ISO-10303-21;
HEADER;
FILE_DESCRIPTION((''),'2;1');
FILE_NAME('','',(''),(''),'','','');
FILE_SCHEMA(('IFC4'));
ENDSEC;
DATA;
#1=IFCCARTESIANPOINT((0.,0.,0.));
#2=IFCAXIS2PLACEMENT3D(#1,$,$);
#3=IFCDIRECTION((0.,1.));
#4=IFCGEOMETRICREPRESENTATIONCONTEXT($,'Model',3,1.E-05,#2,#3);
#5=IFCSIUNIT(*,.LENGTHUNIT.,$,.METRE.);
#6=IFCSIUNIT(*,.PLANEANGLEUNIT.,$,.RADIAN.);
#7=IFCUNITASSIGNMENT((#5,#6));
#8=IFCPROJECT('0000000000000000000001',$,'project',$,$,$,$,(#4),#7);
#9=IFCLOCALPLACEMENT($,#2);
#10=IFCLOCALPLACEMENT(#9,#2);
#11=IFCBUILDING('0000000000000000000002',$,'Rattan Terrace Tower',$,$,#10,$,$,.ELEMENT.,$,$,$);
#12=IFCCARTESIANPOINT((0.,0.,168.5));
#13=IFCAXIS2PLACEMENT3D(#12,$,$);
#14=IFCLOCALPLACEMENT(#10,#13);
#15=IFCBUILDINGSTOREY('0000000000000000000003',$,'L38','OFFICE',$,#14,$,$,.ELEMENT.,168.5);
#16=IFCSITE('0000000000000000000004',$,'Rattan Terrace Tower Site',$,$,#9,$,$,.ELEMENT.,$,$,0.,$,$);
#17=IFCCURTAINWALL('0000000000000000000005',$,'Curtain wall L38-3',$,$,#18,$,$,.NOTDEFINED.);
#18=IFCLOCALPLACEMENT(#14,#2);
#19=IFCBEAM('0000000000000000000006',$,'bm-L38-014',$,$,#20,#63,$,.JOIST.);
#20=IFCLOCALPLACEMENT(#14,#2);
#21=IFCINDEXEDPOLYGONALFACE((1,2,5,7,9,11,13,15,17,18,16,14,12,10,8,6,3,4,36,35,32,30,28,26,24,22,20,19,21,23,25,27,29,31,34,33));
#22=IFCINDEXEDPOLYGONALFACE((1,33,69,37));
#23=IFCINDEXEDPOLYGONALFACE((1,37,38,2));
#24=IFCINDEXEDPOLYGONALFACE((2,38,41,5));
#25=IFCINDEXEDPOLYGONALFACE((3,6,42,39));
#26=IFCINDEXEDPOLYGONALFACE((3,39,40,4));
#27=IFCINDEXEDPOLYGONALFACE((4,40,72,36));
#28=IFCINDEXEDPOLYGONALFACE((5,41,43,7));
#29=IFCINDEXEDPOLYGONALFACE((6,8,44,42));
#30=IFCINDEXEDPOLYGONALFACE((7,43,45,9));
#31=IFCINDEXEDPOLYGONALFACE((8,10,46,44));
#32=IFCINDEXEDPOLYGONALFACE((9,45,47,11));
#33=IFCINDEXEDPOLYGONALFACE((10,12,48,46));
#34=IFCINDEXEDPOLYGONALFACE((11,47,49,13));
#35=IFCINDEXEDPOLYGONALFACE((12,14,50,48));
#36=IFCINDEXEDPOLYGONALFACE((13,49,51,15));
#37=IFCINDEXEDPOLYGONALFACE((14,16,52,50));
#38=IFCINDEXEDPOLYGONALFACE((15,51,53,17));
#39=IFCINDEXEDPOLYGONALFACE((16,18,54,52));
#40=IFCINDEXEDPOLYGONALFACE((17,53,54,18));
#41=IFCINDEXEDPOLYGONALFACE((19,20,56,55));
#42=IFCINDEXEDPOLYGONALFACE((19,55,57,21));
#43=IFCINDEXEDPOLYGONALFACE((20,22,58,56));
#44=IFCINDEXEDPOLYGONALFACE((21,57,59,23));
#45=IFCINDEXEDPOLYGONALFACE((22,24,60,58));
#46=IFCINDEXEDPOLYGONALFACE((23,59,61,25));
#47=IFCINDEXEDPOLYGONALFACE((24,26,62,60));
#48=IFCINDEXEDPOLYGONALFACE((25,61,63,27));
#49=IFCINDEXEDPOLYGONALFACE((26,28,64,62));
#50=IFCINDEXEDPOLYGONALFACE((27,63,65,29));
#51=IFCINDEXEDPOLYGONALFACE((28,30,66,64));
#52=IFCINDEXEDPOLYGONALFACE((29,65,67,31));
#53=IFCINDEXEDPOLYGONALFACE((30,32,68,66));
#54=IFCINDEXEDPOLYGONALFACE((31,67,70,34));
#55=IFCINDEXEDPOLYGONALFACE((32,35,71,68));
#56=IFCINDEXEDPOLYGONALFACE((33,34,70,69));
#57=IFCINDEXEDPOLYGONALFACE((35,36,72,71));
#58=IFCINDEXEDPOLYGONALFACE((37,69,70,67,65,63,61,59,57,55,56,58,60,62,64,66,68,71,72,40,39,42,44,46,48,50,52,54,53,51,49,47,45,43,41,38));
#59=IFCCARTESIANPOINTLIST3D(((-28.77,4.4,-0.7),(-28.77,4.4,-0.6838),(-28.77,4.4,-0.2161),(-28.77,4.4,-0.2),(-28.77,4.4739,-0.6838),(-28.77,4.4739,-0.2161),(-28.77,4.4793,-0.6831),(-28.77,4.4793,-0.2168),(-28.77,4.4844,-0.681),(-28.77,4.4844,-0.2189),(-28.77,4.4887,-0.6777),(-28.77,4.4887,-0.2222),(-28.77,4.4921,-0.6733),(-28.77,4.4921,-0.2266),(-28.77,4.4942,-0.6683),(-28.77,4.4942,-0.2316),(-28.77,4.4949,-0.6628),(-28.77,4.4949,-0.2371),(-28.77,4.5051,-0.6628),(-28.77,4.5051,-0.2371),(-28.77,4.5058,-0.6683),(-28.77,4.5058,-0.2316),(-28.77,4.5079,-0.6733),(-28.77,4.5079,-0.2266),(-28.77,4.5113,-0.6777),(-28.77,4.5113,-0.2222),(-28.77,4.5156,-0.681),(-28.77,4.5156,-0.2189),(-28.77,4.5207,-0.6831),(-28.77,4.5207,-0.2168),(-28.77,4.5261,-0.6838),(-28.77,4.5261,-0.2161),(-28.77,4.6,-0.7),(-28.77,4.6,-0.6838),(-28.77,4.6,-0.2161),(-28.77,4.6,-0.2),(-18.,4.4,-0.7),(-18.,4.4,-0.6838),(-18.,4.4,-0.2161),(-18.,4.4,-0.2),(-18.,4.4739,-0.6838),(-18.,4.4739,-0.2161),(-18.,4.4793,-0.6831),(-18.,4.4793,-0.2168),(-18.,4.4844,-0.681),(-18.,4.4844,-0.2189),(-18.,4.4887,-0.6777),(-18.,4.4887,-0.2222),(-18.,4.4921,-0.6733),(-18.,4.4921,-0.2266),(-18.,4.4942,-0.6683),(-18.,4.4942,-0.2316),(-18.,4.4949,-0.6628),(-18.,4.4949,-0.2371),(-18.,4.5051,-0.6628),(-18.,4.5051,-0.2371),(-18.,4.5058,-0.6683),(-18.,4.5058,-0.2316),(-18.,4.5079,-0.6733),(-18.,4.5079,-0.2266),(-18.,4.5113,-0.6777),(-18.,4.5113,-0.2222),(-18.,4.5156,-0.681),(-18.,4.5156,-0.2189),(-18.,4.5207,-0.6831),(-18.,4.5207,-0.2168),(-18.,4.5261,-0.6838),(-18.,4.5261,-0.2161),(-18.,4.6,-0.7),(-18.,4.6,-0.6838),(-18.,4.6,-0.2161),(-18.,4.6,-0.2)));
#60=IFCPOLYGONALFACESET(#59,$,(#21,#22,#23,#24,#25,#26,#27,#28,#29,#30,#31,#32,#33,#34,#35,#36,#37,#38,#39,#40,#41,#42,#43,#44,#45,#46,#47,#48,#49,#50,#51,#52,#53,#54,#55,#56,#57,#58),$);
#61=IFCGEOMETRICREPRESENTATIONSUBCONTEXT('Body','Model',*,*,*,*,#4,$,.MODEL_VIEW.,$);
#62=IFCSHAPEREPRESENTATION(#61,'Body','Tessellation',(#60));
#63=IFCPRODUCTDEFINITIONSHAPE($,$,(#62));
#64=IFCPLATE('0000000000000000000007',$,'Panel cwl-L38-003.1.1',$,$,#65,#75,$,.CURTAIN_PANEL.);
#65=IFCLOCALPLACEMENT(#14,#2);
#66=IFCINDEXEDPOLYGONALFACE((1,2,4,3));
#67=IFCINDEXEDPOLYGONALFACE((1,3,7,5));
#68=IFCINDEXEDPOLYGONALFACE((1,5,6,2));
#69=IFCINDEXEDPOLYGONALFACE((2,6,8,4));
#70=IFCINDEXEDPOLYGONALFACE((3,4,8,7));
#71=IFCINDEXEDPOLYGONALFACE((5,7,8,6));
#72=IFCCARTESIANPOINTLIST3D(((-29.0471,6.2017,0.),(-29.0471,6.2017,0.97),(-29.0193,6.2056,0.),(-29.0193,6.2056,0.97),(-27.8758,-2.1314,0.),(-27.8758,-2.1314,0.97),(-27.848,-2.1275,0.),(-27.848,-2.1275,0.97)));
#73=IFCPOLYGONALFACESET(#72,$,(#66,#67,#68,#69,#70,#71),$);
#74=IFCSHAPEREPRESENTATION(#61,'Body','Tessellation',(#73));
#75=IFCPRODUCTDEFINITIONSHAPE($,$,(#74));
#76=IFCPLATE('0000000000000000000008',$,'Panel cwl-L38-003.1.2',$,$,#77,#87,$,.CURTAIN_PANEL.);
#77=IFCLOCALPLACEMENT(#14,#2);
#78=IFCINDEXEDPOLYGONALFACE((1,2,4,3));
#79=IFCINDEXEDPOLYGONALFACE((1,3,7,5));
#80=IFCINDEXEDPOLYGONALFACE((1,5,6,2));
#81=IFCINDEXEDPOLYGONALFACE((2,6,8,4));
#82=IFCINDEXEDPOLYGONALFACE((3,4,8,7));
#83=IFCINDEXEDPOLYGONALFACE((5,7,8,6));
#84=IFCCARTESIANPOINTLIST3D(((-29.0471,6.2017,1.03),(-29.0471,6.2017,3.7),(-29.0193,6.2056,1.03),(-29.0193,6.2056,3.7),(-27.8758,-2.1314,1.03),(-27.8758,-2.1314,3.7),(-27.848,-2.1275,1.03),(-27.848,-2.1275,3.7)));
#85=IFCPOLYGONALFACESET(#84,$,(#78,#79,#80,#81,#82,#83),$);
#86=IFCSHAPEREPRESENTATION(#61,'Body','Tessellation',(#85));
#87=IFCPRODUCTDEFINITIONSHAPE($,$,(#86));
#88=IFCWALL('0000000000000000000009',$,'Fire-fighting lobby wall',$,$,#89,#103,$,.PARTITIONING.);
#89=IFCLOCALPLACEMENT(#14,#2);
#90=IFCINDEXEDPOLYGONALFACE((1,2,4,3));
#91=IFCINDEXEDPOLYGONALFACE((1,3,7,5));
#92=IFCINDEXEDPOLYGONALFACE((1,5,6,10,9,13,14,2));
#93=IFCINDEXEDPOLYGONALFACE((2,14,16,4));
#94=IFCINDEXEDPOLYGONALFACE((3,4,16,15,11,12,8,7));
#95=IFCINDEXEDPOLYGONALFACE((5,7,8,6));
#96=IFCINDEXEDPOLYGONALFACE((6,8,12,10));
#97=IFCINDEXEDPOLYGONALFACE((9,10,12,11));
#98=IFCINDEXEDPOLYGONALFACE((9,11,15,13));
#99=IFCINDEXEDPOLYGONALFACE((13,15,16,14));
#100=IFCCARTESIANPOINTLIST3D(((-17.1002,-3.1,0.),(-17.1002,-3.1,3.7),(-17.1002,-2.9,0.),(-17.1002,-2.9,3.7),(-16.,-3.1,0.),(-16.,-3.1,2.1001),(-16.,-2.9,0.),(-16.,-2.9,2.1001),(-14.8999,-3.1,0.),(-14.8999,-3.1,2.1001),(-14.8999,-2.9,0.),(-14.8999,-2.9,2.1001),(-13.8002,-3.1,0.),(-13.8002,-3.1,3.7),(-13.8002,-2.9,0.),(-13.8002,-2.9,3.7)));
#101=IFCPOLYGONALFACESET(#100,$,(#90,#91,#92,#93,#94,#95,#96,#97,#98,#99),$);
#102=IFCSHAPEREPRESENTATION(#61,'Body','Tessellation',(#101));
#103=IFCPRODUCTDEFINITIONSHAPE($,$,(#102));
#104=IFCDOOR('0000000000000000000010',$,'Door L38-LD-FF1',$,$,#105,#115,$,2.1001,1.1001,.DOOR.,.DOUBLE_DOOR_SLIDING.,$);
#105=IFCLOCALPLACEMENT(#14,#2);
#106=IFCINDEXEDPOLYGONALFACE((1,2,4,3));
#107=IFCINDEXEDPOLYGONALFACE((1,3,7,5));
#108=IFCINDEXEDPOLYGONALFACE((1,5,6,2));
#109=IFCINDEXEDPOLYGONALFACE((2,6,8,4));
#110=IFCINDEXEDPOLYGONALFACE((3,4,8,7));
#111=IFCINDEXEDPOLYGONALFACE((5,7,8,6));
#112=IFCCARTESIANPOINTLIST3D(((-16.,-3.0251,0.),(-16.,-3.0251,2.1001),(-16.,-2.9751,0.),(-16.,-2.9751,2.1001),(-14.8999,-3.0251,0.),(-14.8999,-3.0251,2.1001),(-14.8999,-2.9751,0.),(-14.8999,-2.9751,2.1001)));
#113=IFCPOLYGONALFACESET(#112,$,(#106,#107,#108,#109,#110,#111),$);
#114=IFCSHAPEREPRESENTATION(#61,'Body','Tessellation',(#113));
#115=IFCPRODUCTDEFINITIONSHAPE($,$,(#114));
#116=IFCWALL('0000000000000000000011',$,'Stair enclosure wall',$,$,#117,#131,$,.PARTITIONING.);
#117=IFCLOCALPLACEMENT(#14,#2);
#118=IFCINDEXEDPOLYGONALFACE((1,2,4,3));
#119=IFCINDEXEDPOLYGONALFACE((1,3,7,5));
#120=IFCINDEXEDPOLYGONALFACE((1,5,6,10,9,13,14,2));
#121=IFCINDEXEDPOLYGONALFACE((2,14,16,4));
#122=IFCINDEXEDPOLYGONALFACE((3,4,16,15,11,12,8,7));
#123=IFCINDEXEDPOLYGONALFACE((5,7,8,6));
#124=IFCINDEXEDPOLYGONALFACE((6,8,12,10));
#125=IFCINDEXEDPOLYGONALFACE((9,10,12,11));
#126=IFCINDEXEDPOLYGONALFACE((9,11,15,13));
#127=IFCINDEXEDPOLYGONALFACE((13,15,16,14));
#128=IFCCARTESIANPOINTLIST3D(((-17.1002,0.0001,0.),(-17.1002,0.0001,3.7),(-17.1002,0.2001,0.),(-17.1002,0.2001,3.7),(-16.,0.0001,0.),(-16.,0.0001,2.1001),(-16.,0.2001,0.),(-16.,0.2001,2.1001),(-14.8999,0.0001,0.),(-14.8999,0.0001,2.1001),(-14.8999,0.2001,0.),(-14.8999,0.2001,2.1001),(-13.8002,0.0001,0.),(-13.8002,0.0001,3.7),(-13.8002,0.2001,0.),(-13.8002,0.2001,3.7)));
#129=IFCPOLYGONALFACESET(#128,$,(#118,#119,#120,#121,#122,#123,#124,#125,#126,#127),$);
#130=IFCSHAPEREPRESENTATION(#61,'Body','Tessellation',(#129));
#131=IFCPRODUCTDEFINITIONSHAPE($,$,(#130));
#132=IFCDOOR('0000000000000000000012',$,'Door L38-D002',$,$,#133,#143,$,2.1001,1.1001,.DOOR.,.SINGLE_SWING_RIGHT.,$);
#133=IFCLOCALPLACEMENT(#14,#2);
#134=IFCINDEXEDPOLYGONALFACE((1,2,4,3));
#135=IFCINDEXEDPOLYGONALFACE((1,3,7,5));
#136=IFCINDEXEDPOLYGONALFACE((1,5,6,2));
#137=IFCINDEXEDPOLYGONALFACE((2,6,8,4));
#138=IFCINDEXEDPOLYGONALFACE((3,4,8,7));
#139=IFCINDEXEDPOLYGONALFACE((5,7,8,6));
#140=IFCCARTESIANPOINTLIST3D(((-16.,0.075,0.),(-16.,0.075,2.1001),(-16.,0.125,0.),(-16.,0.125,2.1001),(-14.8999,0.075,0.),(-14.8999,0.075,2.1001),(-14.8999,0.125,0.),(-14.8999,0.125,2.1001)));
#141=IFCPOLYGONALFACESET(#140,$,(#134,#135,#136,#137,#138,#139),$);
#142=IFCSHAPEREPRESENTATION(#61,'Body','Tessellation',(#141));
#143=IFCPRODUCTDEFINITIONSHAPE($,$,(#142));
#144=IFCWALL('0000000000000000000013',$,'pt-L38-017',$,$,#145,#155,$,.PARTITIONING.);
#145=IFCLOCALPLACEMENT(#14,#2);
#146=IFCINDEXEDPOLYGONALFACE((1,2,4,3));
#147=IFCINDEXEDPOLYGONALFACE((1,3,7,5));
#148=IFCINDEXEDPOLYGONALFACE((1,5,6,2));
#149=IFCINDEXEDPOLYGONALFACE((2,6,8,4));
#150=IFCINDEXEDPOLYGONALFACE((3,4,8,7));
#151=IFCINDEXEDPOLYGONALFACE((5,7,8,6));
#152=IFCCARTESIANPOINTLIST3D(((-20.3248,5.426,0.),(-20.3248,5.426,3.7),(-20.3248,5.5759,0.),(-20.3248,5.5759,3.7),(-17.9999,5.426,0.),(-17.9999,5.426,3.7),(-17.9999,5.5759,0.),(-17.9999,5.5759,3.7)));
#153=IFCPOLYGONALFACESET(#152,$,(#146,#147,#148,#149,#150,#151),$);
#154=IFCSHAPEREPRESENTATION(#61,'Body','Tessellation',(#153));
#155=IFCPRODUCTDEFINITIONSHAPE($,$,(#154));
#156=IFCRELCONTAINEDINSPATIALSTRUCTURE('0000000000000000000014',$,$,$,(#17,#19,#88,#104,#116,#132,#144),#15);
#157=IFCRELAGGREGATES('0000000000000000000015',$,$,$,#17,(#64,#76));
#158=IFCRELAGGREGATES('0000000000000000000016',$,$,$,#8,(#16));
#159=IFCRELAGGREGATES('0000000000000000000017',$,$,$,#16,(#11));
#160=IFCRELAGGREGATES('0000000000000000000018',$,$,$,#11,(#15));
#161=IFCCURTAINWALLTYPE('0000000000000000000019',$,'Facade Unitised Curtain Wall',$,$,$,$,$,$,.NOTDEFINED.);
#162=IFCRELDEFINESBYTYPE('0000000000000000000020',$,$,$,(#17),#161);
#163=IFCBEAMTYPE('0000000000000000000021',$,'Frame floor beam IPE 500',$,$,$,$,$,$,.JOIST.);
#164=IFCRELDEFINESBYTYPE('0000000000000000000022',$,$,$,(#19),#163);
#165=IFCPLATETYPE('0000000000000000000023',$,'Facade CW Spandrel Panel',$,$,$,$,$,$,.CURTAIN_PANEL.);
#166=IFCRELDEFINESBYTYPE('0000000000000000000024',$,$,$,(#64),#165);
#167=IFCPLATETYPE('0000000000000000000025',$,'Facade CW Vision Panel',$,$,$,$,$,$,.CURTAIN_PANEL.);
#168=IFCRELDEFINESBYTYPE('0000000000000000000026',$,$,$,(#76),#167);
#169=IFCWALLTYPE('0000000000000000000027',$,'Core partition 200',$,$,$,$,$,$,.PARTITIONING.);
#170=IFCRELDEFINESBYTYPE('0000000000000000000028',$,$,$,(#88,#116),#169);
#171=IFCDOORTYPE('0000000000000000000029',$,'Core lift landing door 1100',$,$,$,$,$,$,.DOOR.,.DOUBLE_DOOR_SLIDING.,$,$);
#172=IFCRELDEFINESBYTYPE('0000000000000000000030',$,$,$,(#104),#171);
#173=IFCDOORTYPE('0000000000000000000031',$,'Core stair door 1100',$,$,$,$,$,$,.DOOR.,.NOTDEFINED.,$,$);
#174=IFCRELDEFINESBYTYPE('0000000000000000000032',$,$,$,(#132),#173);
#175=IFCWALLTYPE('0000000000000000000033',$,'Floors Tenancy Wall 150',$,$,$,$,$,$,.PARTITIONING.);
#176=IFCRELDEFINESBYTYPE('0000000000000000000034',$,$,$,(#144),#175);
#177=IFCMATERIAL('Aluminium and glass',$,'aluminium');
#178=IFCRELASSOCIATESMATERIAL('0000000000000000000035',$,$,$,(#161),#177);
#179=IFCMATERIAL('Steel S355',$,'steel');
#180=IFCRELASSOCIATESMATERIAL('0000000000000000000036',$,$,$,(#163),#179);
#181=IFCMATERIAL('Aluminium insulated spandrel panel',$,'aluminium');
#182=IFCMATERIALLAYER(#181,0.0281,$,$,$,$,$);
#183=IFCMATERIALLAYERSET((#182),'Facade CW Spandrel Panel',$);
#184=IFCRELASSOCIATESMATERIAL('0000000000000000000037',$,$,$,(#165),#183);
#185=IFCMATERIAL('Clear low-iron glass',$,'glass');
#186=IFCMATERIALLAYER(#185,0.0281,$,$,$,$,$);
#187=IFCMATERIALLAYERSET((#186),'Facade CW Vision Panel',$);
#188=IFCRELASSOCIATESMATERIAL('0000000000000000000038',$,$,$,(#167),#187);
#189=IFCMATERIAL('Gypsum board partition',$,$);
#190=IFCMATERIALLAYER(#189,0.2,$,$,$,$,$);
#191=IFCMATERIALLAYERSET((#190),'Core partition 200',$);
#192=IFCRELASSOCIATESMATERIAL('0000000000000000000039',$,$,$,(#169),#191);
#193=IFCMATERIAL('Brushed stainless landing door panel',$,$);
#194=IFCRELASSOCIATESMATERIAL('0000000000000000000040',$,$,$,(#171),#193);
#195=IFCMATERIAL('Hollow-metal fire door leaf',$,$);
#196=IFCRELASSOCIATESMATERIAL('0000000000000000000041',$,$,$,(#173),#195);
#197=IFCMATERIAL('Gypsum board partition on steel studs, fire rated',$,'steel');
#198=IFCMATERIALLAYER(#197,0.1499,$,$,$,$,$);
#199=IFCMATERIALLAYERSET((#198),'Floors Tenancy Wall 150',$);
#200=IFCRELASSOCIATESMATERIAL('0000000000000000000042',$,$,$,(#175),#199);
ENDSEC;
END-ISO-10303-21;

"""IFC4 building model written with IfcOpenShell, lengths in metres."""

from ifc_helpers import new_model, si_unit, direction, frame, frame_2d, origin, origin_2d, place, context, subcontext, project, spatial, rectangle, i_section, extrude, material, layer, layer_set, material_profile, profile_set, type_object, element, fill, aggregate, save


model = new_model("IFC4")

# Units and contexts
model_context = context("Model", 3, precision=1e-05, world=origin(), true_north=direction((0.0, 1.0)))
body_context = subcontext(model_context, "Body", "Model", "MODEL_VIEW")
ifc_project = project(units=[si_unit("LENGTHUNIT", "METRE"), si_unit("PLANEANGLEUNIT", "RADIAN")], contexts=[model_context])

# Site, building, storey
site_placement = place(None, origin())
site = spatial("IfcSite", under=ifc_project, at=site_placement, Name="Rattan Terrace Tower Site", CompositionType="ELEMENT", RefElevation=0.0)
building_placement = place(site_placement, origin())
building = spatial("IfcBuilding", under=site, at=building_placement, Name="Rattan Terrace Tower", CompositionType="ELEMENT")
storey_placement = place(building_placement, frame((0.0, 0.0, 168.5)))
storey = spatial("IfcBuildingStorey", under=building, at=storey_placement, Name="L38", Description="OFFICE", CompositionType="ELEMENT", Elevation=168.5)

# Curtain wall
ifc_material_1 = material(Name="Aluminium and glass", Category="aluminium")
curtain_wall_type = type_object("IfcCurtainWallType", Name="Facade Unitised Curtain Wall", PredefinedType="NOTDEFINED", material=ifc_material_1)
curtain_wall_placement = place(storey_placement, origin())
curtain_wall = element("IfcCurtainWall", 1, at=curtain_wall_placement, inside=storey, type_object=curtain_wall_type, Name="Curtain wall L38-3", PredefinedType="NOTDEFINED")

# Beam
ifc_material_2 = material(Name="Steel S355", Category="steel")
ifc_material_profile_1 = material_profile(ifc_material_2, i_section(OverallWidth=0.2, OverallDepth=0.5, WebThickness=0.0103, FlangeThickness=0.0161, FilletRadius=0.021, at=origin_2d()), Name="IPE 500")
ifc_profile_set_1 = profile_set([ifc_material_profile_1], Name="Steel S355")
beam_type_1 = type_object("IfcBeamType", Name="Frame floor beam IPE 500", PredefinedType="JOIST", material=ifc_profile_set_1)
beam_1_placement = place(storey_placement, frame((-28.77, 4.5, -0.45), z_axis=(1.0, 0.0, 0.0), x_axis=(0.0, 1.0, 0.0)))
element("IfcBeam", 2, at=beam_1_placement, inside=storey, type_object=beam_type_1, Name="bm-L38-014", PredefinedType="JOIST", context=body_context, shape_type="SweptSolid", body=[
    extrude(i_section(OverallWidth=0.2, OverallDepth=0.5, WebThickness=0.0103, FlangeThickness=0.0161, FilletRadius=0.021, at=origin_2d()), origin(), (0.0, 0.0, 1.0), 10.77),
])

# Plates
ifc_material_3 = material(Name="Aluminium insulated spandrel panel", Category="aluminium")
ifc_layer_1 = layer(ifc_material_3, 0.0281)
ifc_layer_set_1 = layer_set([ifc_layer_1], Name="Facade CW Spandrel Panel")
plate_type_1 = type_object("IfcPlateType", Name="Facade CW Spandrel Panel", PredefinedType="CURTAIN_PANEL", material=ifc_layer_set_1)
plate_1_placement = place(storey_placement, frame((-28.4475, 2.0371, 0.0), z_axis=(0.0, 0.0, 1.0), x_axis=(0.139191, -0.990266, 0.0)))
plate_1 = element("IfcPlate", 3, at=plate_1_placement, type_object=plate_type_1, Name="Panel cwl-L38-003.1.1", PredefinedType="CURTAIN_PANEL", context=body_context, shape_type="SweptSolid", body=[
    extrude(rectangle(XDim=8.415, YDim=0.0281, at=origin_2d()), origin(), (0.0, 0.0, 1.0), 0.97),
])
ifc_material_4 = material(Name="Clear low-iron glass", Category="glass")
ifc_layer_2 = layer(ifc_material_4, 0.0281)
ifc_layer_set_2 = layer_set([ifc_layer_2], Name="Facade CW Vision Panel")
plate_type_2 = type_object("IfcPlateType", Name="Facade CW Vision Panel", PredefinedType="CURTAIN_PANEL", material=ifc_layer_set_2)
plate_2_placement = place(storey_placement, frame((-28.4475, 2.0371, 1.03), z_axis=(0.0, 0.0, 1.0), x_axis=(0.139191, -0.990266, 0.0)))
plate_2 = element("IfcPlate", 4, at=plate_2_placement, type_object=plate_type_2, Name="Panel cwl-L38-003.1.2", PredefinedType="CURTAIN_PANEL", context=body_context, shape_type="SweptSolid", body=[
    extrude(rectangle(XDim=8.415, YDim=0.0281, at=origin_2d()), origin(), (0.0, 0.0, 1.0), 2.6699),
])
aggregate(curtain_wall, [plate_1, plate_2])

# Walls, openings, doors
ifc_material_5 = material(Name="Gypsum board partition")
ifc_layer_3 = layer(ifc_material_5, 0.2)
ifc_layer_set_3 = layer_set([ifc_layer_3], Name="Core partition 200")
wall_type_1 = type_object("IfcWallType", Name="Core partition 200", PredefinedType="PARTITIONING", material=ifc_layer_set_3)
wall_1_placement = place(storey_placement, frame((-17.1001, -3.0, 0.0), z_axis=(0.0, 0.0, 1.0), x_axis=(1.0, 0.0, 0.0)))
wall_1 = element("IfcWall", 5, at=wall_1_placement, inside=storey, type_object=wall_type_1, Name="Fire-fighting lobby wall", PredefinedType="PARTITIONING", context=body_context, shape_type="SweptSolid", body=[
    extrude(rectangle(XDim=3.3, YDim=0.2, at=frame_2d((1.6499, 0.0))), origin(), (0.0, 0.0, 1.0), 3.7),
])
opening_1_placement = place(wall_1_placement, frame((1.1001, 0.0, 0.0)))
opening_1 = element("IfcOpeningElement", 6, at=opening_1_placement, cuts=wall_1, PredefinedType="OPENING", context=body_context, shape_type="SweptSolid", body=[
    extrude(rectangle(XDim=1.1001, YDim=2.1001, at=frame_2d((0.55, 1.05))), frame((0.0, 0.1106, 0.0), z_axis=(0.0, -1.0, 0.0), x_axis=(1.0, 0.0, 0.0)), (0.0, 0.0, 1.0), 0.2209),
])
ifc_material_6 = material(Name="Brushed stainless landing door panel")
door_type_1 = type_object("IfcDoorType", Name="Core lift landing door 1100", OperationType="DOUBLE_DOOR_SLIDING", PredefinedType="DOOR", material=ifc_material_6)
door_1_placement = place(opening_1_placement, origin())
door_1 = element("IfcDoor", 7, at=door_1_placement, inside=storey, type_object=door_type_1, Name="Door L38-LD-FF1", OperationType="DOUBLE_DOOR_SLIDING", OverallHeight=2.1001, OverallWidth=1.1001, PredefinedType="DOOR", context=body_context, shape_type="SweptSolid", body=[
    extrude(rectangle(XDim=1.1001, YDim=2.1001, at=frame_2d((0.55, 1.05))), frame((0.0, 0.0249, 0.0), z_axis=(0.0, -1.0, 0.0), x_axis=(1.0, 0.0, 0.0)), (0.0, 0.0, 1.0), 0.05),
])
fill(opening_1, door_1)
wall_2_placement = place(storey_placement, frame((-17.1001, 0.1001, 0.0), z_axis=(0.0, 0.0, 1.0), x_axis=(1.0, 0.0, 0.0)))
wall_2 = element("IfcWall", 8, at=wall_2_placement, inside=storey, type_object=wall_type_1, Name="Stair enclosure wall", PredefinedType="PARTITIONING", context=body_context, shape_type="SweptSolid", body=[
    extrude(rectangle(XDim=3.3, YDim=0.2, at=frame_2d((1.6499, 0.0))), origin(), (0.0, 0.0, 1.0), 3.7),
])
opening_2_placement = place(wall_2_placement, frame((1.1001, 0.0, 0.0)))
opening_2 = element("IfcOpeningElement", 9, at=opening_2_placement, cuts=wall_2, PredefinedType="OPENING", context=body_context, shape_type="SweptSolid", body=[
    extrude(rectangle(XDim=1.1001, YDim=2.1001, at=frame_2d((0.55, 1.05))), frame((0.0, 0.1106, 0.0), z_axis=(0.0, -1.0, 0.0), x_axis=(1.0, 0.0, 0.0)), (0.0, 0.0, 1.0), 0.2209),
])
ifc_material_7 = material(Name="Hollow-metal fire door leaf")
door_type_2 = type_object("IfcDoorType", Name="Core stair door 1100", OperationType="NOTDEFINED", PredefinedType="DOOR", material=ifc_material_7)
door_2_placement = place(opening_2_placement, origin())
door_2 = element("IfcDoor", 10, at=door_2_placement, inside=storey, type_object=door_type_2, Name="Door L38-D002", OperationType="SINGLE_SWING_RIGHT", OverallHeight=2.1001, OverallWidth=1.1001, PredefinedType="DOOR", context=body_context, shape_type="SweptSolid", body=[
    extrude(rectangle(XDim=1.1001, YDim=2.1001, at=frame_2d((0.55, 1.05))), frame((0.0, 0.0249, 0.0), z_axis=(0.0, -1.0, 0.0), x_axis=(1.0, 0.0, 0.0)), (0.0, 0.0, 1.0), 0.05),
])
fill(opening_2, door_2)

# Wall
ifc_material_8 = material(Name="Gypsum board partition on steel studs, fire rated", Category="steel")
ifc_layer_4 = layer(ifc_material_8, 0.1499)
ifc_layer_set_4 = layer_set([ifc_layer_4], Name="Floors Tenancy Wall 150")
wall_type_2 = type_object("IfcWallType", Name="Floors Tenancy Wall 150", PredefinedType="PARTITIONING", material=ifc_layer_set_4)
wall_3_placement = place(storey_placement, frame((-20.325, 5.501, 0.0), z_axis=(0.0, 0.0, 1.0), x_axis=(1.0, 0.0, 0.0)))
element("IfcWall", 11, at=wall_3_placement, inside=storey, type_object=wall_type_2, Name="pt-L38-017", PredefinedType="PARTITIONING", context=body_context, shape_type="SweptSolid", body=[
    extrude(rectangle(XDim=2.325, YDim=0.1499, at=frame_2d((1.1626, 0.0))), origin(), (0.0, 0.0, 1.0), 3.7),
])

save(model, "model.ifc")
